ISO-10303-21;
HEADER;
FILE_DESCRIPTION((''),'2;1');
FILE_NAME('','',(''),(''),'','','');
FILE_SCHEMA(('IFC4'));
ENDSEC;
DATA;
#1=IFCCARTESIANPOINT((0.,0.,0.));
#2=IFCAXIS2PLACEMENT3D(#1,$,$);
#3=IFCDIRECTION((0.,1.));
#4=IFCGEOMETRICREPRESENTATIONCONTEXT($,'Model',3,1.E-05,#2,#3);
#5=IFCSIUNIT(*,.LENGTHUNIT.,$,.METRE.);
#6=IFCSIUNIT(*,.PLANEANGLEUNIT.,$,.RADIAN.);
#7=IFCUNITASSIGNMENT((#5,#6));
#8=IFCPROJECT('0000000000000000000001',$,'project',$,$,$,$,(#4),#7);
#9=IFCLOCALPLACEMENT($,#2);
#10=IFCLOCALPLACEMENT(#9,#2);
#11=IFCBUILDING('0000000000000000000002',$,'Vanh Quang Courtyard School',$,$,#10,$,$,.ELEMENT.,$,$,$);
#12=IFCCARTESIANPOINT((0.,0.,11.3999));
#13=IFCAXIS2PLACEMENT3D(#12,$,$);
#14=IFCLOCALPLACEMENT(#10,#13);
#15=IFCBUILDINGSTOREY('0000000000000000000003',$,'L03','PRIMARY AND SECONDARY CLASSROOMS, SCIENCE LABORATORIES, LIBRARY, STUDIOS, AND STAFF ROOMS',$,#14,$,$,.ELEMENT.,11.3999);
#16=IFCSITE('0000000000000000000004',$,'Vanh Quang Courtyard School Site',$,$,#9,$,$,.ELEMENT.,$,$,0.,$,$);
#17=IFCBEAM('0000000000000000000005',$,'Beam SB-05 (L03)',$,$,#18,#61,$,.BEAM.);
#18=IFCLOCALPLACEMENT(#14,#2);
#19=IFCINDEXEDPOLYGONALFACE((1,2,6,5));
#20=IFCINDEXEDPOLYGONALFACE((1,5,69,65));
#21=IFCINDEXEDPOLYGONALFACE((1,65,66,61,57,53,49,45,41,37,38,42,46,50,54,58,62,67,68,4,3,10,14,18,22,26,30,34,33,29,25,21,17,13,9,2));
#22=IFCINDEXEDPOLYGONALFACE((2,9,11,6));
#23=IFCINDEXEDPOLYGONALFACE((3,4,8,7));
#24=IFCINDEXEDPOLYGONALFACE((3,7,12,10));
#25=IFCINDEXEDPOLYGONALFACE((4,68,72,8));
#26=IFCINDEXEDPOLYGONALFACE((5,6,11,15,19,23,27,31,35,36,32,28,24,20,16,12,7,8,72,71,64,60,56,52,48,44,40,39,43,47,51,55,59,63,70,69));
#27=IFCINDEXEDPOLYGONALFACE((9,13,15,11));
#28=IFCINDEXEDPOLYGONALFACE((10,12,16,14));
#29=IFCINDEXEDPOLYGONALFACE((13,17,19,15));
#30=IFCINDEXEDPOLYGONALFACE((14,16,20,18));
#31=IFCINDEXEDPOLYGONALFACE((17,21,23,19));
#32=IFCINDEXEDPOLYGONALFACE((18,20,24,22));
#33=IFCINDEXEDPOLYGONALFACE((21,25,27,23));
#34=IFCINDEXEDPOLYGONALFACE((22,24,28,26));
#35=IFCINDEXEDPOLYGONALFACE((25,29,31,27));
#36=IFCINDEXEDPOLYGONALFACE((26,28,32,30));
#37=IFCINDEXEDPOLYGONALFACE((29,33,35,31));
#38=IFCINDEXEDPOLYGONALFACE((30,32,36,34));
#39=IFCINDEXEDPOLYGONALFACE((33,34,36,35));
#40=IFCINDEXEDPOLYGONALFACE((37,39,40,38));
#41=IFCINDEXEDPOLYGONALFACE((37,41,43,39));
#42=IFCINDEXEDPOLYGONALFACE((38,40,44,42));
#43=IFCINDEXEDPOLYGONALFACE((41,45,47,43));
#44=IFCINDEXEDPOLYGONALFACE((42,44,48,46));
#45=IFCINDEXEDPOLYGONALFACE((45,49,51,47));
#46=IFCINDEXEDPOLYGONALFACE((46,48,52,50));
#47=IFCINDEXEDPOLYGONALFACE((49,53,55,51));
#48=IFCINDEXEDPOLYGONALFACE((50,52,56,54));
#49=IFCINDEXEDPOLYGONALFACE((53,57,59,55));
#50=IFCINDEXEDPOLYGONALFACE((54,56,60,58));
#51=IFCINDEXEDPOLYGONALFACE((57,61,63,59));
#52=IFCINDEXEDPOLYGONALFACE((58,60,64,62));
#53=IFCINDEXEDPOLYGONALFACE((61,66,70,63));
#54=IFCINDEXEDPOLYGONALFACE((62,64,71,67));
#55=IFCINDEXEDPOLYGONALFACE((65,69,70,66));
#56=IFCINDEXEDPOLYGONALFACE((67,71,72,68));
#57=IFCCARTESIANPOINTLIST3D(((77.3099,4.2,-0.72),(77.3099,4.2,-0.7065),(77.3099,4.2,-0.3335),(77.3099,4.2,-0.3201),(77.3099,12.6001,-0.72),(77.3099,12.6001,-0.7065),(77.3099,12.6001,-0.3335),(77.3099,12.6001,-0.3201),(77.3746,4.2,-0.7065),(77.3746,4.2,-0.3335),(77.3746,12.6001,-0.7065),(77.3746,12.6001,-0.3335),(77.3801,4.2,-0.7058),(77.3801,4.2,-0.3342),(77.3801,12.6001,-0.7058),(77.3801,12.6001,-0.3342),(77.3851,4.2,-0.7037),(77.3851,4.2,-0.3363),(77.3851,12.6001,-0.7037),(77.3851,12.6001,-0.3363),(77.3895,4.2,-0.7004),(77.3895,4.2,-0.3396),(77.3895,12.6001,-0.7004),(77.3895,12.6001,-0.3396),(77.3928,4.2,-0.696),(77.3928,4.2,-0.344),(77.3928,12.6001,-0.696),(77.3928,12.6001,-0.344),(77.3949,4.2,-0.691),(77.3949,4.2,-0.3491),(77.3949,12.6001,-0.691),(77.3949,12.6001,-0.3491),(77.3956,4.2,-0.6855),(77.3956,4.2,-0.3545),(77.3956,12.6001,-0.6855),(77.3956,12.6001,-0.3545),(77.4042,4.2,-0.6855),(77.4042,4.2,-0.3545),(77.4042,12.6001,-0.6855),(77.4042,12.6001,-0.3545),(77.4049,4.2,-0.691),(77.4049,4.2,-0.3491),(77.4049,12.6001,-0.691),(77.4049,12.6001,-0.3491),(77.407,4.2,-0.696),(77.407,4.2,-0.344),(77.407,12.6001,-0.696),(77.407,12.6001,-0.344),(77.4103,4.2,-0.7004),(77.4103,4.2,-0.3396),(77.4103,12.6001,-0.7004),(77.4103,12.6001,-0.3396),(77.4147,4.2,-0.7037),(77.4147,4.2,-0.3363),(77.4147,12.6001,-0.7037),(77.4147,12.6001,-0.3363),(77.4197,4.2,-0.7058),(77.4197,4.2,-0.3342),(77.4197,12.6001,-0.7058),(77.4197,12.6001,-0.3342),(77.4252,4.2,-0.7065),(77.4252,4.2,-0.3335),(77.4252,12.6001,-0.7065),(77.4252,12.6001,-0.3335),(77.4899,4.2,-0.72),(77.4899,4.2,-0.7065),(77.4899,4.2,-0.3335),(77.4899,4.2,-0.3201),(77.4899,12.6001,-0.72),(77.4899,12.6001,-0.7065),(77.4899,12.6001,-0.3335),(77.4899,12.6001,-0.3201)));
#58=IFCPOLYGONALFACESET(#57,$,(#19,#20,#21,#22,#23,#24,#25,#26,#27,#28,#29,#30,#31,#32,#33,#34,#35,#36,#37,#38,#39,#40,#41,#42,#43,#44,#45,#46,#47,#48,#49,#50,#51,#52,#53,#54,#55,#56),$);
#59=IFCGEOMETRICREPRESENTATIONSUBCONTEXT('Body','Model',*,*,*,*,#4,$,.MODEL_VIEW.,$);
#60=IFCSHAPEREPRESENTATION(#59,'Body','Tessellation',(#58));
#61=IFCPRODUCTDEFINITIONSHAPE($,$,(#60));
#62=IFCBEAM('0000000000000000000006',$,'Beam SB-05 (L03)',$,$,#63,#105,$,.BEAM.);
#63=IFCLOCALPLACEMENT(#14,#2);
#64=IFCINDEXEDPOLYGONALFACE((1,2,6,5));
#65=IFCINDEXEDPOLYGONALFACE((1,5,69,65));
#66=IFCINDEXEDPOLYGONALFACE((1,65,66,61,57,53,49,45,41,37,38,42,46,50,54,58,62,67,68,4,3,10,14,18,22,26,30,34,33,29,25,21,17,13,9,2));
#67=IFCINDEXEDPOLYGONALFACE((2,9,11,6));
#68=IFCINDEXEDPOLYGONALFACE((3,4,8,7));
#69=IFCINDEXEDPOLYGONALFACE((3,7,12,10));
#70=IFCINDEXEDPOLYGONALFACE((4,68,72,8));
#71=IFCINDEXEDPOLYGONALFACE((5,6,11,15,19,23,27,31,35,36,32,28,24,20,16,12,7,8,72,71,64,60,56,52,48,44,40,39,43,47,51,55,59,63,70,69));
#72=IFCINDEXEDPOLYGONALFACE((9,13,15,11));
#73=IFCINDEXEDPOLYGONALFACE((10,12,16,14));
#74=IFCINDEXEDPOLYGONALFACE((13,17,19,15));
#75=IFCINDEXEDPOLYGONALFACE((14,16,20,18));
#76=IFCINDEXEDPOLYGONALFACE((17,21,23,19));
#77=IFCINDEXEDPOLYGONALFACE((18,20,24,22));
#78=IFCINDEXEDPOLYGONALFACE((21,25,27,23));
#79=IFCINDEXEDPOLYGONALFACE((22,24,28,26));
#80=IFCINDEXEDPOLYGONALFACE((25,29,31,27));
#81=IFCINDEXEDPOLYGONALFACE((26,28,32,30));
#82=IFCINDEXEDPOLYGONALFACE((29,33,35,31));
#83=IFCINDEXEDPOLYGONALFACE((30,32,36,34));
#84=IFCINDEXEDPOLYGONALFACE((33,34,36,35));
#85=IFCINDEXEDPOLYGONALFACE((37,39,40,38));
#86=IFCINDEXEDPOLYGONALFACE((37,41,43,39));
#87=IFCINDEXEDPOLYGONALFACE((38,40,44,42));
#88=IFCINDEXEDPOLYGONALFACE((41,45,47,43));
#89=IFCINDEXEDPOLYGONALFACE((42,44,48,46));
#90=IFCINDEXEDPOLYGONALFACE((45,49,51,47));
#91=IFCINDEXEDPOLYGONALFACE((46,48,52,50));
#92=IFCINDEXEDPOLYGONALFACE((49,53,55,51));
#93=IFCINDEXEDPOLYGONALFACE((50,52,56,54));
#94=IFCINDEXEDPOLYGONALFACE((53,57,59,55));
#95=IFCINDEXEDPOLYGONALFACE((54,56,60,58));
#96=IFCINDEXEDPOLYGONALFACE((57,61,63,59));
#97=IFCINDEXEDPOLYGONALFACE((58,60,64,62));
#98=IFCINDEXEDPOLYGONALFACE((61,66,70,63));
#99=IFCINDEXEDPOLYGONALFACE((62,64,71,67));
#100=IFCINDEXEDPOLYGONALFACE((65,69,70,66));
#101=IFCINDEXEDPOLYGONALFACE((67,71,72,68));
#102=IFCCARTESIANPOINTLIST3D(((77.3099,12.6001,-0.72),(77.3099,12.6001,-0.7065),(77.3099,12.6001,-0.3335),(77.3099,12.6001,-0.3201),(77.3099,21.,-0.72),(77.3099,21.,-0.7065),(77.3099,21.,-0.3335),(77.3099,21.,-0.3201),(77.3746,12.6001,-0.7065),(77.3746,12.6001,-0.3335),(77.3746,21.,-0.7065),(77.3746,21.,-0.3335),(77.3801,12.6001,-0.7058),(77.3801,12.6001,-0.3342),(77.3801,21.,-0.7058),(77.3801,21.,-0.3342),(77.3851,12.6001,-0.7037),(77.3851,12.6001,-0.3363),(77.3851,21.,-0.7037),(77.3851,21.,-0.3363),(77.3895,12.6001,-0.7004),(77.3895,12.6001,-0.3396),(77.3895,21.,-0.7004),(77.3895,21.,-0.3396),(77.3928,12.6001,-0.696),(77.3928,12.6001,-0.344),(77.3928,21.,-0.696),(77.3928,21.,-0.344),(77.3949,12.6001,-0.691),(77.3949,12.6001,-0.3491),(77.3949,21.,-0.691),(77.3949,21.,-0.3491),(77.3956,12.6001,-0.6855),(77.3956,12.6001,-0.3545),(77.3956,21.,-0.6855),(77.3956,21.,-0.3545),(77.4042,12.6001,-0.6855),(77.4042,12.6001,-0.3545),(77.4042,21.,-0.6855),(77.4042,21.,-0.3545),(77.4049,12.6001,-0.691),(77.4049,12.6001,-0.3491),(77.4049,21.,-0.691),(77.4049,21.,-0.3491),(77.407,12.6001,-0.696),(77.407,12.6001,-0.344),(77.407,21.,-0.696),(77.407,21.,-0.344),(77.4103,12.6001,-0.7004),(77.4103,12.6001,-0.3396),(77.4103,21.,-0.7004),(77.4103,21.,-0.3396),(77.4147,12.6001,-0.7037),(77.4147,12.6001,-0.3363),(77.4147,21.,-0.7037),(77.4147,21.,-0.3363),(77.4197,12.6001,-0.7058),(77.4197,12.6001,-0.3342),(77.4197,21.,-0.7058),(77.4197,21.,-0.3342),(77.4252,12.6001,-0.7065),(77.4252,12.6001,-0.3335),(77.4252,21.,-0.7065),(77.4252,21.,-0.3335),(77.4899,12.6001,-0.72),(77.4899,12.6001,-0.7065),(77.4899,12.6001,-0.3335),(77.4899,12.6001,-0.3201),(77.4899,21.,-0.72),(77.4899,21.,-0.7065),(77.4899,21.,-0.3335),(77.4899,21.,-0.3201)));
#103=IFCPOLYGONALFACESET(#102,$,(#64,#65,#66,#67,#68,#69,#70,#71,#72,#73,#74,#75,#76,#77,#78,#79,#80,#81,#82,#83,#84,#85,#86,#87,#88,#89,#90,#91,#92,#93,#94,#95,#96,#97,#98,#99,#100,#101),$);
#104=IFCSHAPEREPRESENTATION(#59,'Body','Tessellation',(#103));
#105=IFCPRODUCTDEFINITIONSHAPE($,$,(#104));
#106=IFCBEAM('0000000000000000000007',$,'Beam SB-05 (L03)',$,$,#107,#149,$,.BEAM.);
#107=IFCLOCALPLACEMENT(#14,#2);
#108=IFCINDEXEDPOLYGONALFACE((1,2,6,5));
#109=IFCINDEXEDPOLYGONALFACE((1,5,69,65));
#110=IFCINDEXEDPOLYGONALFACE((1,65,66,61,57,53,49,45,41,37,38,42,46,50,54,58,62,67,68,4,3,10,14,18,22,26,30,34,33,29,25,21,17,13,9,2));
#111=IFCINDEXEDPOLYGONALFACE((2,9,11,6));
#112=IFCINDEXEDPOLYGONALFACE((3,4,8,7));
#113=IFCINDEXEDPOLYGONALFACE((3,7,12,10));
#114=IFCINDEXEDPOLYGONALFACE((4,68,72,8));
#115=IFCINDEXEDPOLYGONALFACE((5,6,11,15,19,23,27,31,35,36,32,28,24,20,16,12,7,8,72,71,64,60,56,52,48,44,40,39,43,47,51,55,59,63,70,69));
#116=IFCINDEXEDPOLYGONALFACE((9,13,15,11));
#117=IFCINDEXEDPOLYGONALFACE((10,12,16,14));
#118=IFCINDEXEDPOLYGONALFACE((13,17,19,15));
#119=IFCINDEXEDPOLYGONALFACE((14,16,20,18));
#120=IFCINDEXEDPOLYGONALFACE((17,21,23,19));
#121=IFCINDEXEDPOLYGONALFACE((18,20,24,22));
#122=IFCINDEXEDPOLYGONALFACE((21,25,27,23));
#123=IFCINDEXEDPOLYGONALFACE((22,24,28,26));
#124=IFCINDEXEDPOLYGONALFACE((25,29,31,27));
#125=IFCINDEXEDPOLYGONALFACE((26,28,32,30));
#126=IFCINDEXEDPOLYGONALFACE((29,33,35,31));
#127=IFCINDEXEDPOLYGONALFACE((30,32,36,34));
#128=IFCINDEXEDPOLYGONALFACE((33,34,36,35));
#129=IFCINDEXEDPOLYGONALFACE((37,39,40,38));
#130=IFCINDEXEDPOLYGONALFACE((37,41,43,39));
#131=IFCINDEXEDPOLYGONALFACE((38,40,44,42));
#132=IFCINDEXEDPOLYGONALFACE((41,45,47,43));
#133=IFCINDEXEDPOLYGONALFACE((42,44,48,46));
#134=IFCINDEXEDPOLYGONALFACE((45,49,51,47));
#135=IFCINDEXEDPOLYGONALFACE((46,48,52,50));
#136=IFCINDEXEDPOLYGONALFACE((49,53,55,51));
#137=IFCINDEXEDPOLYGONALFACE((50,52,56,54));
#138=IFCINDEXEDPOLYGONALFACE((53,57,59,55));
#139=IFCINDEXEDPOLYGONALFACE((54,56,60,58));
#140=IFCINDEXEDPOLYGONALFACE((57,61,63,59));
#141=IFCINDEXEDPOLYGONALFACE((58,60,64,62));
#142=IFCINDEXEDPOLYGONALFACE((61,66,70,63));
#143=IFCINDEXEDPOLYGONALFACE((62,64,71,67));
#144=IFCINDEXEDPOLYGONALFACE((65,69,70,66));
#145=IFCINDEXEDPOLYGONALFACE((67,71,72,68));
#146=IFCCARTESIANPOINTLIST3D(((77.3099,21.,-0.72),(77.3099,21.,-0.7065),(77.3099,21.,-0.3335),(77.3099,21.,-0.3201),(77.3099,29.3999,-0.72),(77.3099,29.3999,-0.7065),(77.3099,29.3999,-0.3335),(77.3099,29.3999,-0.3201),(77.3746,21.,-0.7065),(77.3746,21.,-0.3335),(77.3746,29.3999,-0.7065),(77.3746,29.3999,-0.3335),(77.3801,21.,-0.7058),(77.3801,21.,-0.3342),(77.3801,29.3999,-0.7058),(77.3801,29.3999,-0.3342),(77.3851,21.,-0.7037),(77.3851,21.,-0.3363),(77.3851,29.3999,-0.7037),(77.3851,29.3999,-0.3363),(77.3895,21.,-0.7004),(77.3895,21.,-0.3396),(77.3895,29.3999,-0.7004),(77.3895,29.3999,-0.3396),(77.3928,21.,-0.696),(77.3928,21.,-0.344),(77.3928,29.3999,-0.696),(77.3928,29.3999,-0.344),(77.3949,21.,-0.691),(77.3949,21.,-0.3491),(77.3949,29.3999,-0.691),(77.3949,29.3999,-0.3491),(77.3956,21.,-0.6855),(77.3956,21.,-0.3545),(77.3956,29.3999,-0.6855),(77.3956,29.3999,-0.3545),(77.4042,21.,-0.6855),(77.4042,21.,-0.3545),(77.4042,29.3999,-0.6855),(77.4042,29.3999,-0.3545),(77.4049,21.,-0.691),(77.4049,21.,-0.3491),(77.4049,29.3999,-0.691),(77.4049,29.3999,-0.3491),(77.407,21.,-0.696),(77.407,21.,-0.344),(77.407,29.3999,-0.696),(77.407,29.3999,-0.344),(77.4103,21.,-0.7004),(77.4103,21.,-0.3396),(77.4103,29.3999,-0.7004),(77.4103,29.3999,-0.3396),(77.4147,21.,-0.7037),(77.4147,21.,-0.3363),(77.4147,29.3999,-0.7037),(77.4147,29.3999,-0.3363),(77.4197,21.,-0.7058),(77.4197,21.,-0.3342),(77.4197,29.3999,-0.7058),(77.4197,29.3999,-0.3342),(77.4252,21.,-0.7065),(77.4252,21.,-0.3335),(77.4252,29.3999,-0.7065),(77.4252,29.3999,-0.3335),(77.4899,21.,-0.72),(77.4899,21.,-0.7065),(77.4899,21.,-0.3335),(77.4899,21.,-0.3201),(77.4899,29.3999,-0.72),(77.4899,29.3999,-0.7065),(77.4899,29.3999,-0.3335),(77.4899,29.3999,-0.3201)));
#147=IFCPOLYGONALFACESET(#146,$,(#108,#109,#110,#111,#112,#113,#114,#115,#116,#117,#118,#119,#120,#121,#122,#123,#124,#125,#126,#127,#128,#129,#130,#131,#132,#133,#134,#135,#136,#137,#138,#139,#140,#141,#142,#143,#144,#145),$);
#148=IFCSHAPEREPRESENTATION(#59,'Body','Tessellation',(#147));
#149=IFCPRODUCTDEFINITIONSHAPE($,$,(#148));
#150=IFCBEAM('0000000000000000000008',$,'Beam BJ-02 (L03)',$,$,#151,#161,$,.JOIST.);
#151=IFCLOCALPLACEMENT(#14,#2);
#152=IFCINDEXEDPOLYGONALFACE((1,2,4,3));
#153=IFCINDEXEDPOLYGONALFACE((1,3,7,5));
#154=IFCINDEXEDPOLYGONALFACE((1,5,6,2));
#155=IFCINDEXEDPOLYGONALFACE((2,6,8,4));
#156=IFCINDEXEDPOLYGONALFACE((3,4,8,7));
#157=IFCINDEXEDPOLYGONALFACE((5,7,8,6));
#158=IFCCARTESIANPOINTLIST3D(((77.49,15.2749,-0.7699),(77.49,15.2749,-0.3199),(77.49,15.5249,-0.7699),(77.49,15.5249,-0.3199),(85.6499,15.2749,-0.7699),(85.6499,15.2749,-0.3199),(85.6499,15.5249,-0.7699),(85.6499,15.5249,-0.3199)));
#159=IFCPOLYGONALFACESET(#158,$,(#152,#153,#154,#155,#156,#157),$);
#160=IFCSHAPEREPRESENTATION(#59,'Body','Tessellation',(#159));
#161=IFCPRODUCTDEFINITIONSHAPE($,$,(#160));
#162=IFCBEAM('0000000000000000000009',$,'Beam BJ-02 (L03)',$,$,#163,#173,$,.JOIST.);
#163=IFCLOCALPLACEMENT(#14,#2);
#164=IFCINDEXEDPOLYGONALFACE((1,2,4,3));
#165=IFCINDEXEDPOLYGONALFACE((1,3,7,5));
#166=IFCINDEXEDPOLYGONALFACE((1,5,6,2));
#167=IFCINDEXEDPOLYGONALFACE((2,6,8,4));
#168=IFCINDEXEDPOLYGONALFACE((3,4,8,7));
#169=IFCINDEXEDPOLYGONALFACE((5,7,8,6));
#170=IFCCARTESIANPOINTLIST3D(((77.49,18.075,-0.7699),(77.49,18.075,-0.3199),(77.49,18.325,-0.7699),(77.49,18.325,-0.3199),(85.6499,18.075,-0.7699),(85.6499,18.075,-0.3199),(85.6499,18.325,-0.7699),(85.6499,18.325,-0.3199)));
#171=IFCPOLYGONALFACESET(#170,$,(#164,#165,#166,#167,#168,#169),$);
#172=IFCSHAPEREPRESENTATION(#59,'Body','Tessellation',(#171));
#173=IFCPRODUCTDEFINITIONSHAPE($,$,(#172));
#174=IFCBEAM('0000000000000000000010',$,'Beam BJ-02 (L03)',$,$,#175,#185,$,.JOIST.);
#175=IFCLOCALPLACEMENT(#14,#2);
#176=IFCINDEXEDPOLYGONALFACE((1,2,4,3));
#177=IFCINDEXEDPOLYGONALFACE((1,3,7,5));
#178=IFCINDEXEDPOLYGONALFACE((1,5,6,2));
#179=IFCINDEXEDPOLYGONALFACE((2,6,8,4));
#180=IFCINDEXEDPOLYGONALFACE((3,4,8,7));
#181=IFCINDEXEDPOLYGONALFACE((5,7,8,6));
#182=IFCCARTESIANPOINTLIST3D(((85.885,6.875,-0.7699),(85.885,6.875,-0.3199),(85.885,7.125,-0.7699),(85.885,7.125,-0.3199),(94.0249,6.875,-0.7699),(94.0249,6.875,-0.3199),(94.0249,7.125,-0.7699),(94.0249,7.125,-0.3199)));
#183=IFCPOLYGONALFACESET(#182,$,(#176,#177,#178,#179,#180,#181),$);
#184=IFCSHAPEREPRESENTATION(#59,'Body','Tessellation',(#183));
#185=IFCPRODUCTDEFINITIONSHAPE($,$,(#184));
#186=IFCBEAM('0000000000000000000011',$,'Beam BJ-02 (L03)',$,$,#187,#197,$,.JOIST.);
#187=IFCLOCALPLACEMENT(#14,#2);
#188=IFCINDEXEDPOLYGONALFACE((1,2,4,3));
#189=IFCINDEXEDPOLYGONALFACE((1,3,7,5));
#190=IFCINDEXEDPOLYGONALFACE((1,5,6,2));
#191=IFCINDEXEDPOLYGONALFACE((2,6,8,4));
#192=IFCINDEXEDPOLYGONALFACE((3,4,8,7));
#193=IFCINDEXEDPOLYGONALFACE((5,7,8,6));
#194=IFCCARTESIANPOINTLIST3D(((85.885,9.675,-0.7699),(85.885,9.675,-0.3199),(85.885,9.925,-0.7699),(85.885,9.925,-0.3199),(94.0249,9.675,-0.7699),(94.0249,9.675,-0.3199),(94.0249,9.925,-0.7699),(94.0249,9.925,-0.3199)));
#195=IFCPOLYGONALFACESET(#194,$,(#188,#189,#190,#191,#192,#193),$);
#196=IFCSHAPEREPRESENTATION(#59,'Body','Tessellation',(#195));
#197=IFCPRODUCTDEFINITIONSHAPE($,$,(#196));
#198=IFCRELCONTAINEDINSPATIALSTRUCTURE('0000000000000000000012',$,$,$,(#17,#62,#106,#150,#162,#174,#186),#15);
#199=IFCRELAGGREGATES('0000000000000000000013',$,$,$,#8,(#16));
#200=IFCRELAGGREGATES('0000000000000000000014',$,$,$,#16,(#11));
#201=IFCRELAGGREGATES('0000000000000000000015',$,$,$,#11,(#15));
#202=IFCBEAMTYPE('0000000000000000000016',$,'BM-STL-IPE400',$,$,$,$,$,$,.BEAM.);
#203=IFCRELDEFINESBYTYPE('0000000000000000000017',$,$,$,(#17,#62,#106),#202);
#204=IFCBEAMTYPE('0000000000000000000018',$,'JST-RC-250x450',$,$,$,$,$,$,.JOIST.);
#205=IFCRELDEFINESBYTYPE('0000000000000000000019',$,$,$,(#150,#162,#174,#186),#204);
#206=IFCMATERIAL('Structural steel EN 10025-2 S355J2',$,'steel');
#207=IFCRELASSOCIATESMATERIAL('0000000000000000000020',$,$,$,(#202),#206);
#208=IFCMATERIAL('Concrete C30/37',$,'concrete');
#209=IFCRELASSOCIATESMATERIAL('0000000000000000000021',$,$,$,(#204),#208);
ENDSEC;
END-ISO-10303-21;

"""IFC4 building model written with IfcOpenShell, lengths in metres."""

from ifc_helpers import new_model, si_unit, direction, frame, origin, origin_2d, place, context, subcontext, project, spatial, rectangle, i_section, extrude, material, material_profile, profile_set, type_object, element, save


model = new_model("IFC4")

# Units and contexts
model_context = context("Model", 3, precision=1e-05, world=origin(), true_north=direction((0.0, 1.0)))
body_context = subcontext(model_context, "Body", "Model", "MODEL_VIEW")
ifc_project = project(units=[si_unit("LENGTHUNIT", "METRE"), si_unit("PLANEANGLEUNIT", "RADIAN")], contexts=[model_context])

# Site, building, storey
site_placement = place(None, origin())
site = spatial("IfcSite", under=ifc_project, at=site_placement, Name="Vanh Quang Courtyard School Site", CompositionType="ELEMENT", RefElevation=0.0)
building_placement = place(site_placement, origin())
building = spatial("IfcBuilding", under=site, at=building_placement, Name="Vanh Quang Courtyard School", CompositionType="ELEMENT")
storey_placement = place(building_placement, frame((0.0, 0.0, 11.3999)))
storey = spatial("IfcBuildingStorey", under=building, at=storey_placement, Name="L03", Description="PRIMARY AND SECONDARY CLASSROOMS, SCIENCE LABORATORIES, LIBRARY, STUDIOS, AND STAFF ROOMS", CompositionType="ELEMENT", Elevation=11.3999)

# Beams
ifc_material_1 = material(Name="Structural steel EN 10025-2 S355J2", Category="steel")
ifc_material_profile_1 = material_profile(ifc_material_1, i_section(OverallWidth=0.1799, OverallDepth=0.3999, WebThickness=0.0085, FlangeThickness=0.0134, FilletRadius=0.021, at=origin_2d()), Name="IPE 400")
ifc_profile_set_1 = profile_set([ifc_material_profile_1], Name="Structural steel EN 10025-2 S355J2")
beam_type_1 = type_object("IfcBeamType", Name="BM-STL-IPE400", PredefinedType="BEAM", material=ifc_profile_set_1)
beam_1_placement = place(storey_placement, frame((77.3999, 4.2, -0.52), z_axis=(0.0, 1.0, 0.0), x_axis=(-1.0, 0.0, 0.0)))
element("IfcBeam", 1, at=beam_1_placement, inside=storey, type_object=beam_type_1, Name="Beam SB-05 (L03)", PredefinedType="BEAM", context=body_context, shape_type="SweptSolid", body=[
    extrude(i_section(OverallWidth=0.1799, OverallDepth=0.3999, WebThickness=0.0085, FlangeThickness=0.0134, FilletRadius=0.021, at=origin_2d()), origin(), (0.0, 0.0, 1.0), 8.4001),
])
for number, where, z_axis, x_axis, name in (
    (2, (77.3999, 12.6001, -0.52), (0.0, 1.0, 0.0), (-1.0, 0.0, 0.0), "Beam SB-05 (L03)"),
    (3, (77.3999, 21.0, -0.52), (0.0, 1.0, 0.0), (-1.0, 0.0, 0.0), "Beam SB-05 (L03)"),
):
    element("IfcBeam", number, at=place(storey_placement, frame(where, z_axis=z_axis, x_axis=x_axis)), inside=storey, type_object=beam_type_1, Name=name, PredefinedType="BEAM", context=body_context, shape_type="SweptSolid", body=[
        extrude(i_section(OverallWidth=0.1799, OverallDepth=0.3999, WebThickness=0.0085, FlangeThickness=0.0134, FilletRadius=0.021, at=origin_2d()), origin(), (0.0, 0.0, 1.0), 8.3999),
    ])
ifc_material_2 = material(Name="Concrete C30/37", Category="concrete")
ifc_material_profile_2 = material_profile(ifc_material_2, rectangle(XDim=0.25, YDim=0.45, at=origin_2d()), Name="RC-JST 250x450")
ifc_profile_set_2 = profile_set([ifc_material_profile_2], Name="Concrete C30/37")
beam_type_2 = type_object("IfcBeamType", Name="JST-RC-250x450", PredefinedType="JOIST", material=ifc_profile_set_2)
for number, where, z_axis, x_axis, name in (
    (4, (77.49, 15.3999, -0.5449), (1.0, 0.0, 0.0), (0.0, 1.0, 0.0), "Beam BJ-02 (L03)"),
    (5, (77.49, 18.2, -0.5449), (1.0, 0.0, 0.0), (0.0, 1.0, 0.0), "Beam BJ-02 (L03)"),
):
    element("IfcBeam", number, at=place(storey_placement, frame(where, z_axis=z_axis, x_axis=x_axis)), inside=storey, type_object=beam_type_2, Name=name, PredefinedType="JOIST", context=body_context, shape_type="SweptSolid", body=[
        extrude(rectangle(XDim=0.25, YDim=0.45, at=origin_2d()), origin(), (0.0, 0.0, 1.0), 8.1599),
    ])
for number, where, z_axis, x_axis, name in (
    (6, (85.885, 7.0, -0.5449), (1.0, 0.0, 0.0), (0.0, 1.0, 0.0), "Beam BJ-02 (L03)"),
    (7, (85.885, 9.8, -0.5449), (1.0, 0.0, 0.0), (0.0, 1.0, 0.0), "Beam BJ-02 (L03)"),
):
    element("IfcBeam", number, at=place(storey_placement, frame(where, z_axis=z_axis, x_axis=x_axis)), inside=storey, type_object=beam_type_2, Name=name, PredefinedType="JOIST", context=body_context, shape_type="SweptSolid", body=[
        extrude(rectangle(XDim=0.25, YDim=0.45, at=origin_2d()), origin(), (0.0, 0.0, 1.0), 8.1399),
    ])

save(model, "model.ifc")
